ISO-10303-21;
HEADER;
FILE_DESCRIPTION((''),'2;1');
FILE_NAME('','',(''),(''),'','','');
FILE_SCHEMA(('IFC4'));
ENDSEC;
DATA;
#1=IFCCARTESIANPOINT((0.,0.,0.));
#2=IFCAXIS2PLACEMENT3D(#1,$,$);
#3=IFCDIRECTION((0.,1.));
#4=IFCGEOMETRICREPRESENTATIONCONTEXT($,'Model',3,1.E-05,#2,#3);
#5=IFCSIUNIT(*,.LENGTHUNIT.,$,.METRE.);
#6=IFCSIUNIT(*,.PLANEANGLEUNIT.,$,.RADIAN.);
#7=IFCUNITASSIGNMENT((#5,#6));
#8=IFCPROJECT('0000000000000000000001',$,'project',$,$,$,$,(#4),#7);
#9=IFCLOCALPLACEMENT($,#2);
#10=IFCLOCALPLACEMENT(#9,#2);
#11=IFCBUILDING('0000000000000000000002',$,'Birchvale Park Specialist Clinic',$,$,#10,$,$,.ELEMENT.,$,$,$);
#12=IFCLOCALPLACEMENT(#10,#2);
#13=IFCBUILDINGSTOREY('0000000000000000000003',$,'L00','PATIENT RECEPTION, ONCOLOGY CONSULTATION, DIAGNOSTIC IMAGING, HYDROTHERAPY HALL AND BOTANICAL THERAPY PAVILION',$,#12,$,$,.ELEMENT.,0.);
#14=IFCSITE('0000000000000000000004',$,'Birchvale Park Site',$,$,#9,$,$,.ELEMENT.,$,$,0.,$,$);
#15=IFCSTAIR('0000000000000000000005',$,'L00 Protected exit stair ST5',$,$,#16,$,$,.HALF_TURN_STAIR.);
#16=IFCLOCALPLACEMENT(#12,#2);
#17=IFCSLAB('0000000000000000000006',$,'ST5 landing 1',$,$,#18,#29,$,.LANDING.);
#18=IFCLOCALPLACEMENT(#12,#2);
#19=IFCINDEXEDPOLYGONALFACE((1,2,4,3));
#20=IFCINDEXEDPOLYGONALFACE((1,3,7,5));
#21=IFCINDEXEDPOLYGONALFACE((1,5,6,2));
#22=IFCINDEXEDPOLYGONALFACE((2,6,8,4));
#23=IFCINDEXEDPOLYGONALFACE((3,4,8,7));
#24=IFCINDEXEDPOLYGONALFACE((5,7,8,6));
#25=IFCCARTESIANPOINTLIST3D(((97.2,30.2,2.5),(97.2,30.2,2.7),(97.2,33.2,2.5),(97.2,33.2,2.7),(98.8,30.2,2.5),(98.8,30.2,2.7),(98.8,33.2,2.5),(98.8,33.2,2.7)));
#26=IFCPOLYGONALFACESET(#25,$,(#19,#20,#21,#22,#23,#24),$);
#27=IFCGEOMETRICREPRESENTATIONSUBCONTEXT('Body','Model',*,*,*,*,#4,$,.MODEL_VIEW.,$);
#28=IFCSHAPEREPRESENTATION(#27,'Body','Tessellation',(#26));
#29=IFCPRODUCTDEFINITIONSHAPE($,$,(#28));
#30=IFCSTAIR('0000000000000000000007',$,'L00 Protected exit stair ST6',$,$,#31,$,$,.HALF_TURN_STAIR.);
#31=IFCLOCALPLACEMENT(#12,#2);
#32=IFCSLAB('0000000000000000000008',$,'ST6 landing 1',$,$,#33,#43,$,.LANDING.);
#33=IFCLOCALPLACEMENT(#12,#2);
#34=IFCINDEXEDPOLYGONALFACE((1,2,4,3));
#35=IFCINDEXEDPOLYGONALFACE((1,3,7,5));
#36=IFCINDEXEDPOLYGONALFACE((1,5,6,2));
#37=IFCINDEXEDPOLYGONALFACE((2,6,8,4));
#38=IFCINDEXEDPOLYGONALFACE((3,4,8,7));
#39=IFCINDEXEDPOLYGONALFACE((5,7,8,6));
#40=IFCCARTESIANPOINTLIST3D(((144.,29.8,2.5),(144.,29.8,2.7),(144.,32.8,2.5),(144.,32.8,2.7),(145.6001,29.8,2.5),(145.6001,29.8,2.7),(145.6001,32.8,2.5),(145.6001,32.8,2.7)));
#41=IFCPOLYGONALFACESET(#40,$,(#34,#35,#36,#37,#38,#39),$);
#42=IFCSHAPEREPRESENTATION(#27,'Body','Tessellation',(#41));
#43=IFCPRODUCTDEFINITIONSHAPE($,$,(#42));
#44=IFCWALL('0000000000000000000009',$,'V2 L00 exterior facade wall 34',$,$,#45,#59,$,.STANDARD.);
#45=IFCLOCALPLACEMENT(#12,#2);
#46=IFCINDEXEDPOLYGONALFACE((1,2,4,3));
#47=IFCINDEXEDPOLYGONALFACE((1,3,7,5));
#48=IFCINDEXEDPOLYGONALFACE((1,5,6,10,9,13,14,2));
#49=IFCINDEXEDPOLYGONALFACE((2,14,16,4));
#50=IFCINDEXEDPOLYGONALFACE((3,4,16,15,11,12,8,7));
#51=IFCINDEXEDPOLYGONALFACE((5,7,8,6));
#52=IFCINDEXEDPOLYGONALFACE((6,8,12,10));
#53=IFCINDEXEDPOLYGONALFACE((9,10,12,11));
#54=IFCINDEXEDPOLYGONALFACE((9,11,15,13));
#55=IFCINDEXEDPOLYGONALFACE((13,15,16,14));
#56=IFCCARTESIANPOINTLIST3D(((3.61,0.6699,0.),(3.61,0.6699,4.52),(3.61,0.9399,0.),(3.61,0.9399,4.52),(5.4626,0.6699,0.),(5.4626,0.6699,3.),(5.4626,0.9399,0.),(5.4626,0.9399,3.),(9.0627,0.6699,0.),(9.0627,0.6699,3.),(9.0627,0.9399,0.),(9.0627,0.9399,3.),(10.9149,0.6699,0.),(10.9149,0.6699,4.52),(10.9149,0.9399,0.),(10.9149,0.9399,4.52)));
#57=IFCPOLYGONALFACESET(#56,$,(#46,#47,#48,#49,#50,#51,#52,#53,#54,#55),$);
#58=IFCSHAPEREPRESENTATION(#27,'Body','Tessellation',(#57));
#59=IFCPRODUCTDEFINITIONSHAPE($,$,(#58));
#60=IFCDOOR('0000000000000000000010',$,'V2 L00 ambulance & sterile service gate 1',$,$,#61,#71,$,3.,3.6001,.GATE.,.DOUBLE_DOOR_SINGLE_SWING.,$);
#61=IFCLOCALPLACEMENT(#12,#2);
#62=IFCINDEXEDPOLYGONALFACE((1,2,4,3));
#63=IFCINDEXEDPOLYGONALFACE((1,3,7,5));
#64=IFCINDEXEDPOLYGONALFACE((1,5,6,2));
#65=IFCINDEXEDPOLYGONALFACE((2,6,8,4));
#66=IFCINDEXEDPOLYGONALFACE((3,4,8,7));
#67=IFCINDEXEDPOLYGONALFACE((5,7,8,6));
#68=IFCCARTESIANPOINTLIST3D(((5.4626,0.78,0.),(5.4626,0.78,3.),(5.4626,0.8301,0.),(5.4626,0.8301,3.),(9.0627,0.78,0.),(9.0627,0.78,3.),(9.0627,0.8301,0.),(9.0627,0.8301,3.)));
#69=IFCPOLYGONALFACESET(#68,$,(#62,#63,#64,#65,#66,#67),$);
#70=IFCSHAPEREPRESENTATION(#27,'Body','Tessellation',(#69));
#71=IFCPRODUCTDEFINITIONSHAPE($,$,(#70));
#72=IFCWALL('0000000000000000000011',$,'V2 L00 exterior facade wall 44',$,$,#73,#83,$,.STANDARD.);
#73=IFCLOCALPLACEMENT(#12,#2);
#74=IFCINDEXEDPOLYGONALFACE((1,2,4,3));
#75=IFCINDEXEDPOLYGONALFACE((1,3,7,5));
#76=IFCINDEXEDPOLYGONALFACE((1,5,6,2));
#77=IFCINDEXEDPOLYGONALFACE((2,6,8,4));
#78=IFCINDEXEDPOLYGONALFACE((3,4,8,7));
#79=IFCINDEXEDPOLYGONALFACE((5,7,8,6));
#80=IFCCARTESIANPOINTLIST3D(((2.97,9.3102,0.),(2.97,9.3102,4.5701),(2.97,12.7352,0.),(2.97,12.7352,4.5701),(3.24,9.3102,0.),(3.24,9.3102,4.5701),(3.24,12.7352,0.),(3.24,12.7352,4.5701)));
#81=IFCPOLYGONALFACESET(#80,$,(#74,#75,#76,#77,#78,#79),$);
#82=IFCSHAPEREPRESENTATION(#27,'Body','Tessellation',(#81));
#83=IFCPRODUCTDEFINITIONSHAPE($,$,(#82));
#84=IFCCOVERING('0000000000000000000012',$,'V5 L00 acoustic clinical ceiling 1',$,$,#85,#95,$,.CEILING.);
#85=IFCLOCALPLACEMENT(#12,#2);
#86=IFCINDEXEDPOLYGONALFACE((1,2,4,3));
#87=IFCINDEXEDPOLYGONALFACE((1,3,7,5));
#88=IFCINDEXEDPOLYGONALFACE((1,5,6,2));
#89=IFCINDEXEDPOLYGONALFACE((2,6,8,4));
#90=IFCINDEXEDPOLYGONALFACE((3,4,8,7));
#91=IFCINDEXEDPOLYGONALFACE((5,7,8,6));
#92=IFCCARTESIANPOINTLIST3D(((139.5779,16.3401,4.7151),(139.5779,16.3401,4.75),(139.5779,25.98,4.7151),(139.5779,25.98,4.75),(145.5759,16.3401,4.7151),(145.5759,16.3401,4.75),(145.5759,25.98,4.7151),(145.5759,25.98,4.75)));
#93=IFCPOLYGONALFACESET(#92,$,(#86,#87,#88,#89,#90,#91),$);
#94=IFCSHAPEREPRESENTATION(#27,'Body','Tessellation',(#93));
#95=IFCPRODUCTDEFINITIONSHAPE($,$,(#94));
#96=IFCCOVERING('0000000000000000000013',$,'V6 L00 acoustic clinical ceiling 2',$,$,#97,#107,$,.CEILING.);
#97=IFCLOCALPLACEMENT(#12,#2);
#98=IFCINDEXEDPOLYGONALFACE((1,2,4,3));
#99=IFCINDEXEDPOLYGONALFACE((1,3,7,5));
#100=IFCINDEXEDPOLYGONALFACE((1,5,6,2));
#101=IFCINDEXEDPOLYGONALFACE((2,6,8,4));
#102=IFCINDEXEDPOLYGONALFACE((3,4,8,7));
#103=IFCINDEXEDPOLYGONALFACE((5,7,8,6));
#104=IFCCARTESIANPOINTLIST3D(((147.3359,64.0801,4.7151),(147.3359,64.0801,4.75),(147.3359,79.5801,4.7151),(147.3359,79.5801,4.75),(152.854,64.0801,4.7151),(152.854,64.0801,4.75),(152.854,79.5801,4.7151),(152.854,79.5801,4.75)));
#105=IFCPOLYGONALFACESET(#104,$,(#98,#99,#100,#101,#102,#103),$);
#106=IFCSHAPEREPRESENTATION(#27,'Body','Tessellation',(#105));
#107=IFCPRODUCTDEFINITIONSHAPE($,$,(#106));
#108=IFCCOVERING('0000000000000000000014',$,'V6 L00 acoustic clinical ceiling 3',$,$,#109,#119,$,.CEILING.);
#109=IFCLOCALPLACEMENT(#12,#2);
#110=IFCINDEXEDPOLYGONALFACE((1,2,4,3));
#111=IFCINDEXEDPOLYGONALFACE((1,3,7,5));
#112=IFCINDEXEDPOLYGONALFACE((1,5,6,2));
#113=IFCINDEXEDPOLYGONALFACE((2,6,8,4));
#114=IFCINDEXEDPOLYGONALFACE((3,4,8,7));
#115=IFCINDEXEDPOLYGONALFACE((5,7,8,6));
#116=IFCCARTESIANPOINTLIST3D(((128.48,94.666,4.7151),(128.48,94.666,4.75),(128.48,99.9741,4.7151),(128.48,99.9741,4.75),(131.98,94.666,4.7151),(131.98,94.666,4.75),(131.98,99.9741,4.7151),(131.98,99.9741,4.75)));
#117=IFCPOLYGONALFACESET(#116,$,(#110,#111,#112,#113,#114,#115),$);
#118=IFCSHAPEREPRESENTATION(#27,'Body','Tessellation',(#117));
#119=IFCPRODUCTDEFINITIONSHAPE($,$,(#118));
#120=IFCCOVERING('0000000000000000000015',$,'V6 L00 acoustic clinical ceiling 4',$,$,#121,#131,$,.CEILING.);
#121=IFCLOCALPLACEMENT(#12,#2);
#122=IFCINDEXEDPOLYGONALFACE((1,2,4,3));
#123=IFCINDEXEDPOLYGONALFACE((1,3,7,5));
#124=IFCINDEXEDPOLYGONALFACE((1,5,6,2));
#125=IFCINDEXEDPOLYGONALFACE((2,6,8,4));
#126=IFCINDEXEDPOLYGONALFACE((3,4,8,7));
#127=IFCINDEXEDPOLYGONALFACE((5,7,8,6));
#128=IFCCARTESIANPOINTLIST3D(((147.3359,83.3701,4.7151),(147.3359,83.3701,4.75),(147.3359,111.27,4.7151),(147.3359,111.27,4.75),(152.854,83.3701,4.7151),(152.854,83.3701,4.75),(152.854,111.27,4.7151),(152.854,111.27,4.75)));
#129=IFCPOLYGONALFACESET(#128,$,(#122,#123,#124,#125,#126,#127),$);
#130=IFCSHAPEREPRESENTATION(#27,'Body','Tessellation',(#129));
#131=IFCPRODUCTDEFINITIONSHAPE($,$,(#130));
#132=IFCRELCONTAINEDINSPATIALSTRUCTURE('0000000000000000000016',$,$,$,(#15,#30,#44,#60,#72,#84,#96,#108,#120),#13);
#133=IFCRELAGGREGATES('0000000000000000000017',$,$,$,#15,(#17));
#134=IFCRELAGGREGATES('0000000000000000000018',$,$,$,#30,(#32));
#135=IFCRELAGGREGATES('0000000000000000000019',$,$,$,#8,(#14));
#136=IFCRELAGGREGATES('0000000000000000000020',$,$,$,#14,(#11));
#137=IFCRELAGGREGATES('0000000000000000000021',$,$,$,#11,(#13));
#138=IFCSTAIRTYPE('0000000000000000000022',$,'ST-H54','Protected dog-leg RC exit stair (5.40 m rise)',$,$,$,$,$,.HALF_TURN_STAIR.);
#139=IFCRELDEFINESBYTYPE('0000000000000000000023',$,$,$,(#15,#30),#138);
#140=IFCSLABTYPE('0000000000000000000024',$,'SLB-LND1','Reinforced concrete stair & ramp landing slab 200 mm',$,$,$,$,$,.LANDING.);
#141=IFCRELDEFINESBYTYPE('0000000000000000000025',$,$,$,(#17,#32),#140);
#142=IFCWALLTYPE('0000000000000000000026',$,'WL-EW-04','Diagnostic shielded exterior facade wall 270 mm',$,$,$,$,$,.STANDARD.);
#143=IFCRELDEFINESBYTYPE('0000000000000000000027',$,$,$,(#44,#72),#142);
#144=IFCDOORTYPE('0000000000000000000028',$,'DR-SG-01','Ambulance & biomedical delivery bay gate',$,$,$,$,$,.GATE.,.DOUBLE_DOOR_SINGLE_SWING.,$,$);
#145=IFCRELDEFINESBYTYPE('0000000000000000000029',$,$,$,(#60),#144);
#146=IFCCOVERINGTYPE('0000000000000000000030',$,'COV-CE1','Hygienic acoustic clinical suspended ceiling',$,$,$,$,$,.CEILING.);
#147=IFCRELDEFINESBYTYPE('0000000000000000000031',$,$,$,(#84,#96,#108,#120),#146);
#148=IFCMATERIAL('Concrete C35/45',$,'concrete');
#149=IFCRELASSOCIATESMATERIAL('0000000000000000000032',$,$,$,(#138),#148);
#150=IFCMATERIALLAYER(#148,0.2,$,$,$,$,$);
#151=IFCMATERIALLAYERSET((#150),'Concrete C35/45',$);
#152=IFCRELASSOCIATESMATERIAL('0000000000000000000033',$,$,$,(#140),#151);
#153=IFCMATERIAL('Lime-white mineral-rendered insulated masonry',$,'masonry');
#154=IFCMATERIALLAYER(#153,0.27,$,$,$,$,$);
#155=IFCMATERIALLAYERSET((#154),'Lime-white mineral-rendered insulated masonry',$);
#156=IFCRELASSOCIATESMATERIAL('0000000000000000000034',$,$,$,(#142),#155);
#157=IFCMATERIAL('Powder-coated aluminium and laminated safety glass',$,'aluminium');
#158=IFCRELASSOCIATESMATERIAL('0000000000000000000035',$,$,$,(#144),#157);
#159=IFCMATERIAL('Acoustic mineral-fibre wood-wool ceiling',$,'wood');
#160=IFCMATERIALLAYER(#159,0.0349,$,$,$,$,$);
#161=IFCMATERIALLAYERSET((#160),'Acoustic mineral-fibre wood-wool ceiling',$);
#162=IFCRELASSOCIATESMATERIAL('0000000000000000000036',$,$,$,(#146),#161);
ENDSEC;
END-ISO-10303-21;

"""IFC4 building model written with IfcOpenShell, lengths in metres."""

from ifc_helpers import new_model, si_unit, direction, frame, frame_2d, origin, place, context, subcontext, project, spatial, polyline, rectangle, outline, extrude, material, layer, layer_set, type_object, element, fill, aggregate, save


model = new_model("IFC4")

# Units and contexts
model_context = context("Model", 3, precision=1e-05, world=origin(), true_north=direction((0.0, 1.0)))
body_context = subcontext(model_context, "Body", "Model", "MODEL_VIEW")
ifc_project = project(units=[si_unit("LENGTHUNIT", "METRE"), si_unit("PLANEANGLEUNIT", "RADIAN")], contexts=[model_context])

# Site, building, storey
site_placement = place(None, origin())
site = spatial("IfcSite", under=ifc_project, at=site_placement, Name="Birchvale Park Site", CompositionType="ELEMENT", RefElevation=0.0)
building_placement = place(site_placement, origin())
building = spatial("IfcBuilding", under=site, at=building_placement, Name="Birchvale Park Specialist Clinic", CompositionType="ELEMENT")
storey_placement = place(building_placement, origin())
storey = spatial("IfcBuildingStorey", under=building, at=storey_placement, Name="L00", Description="PATIENT RECEPTION, ONCOLOGY CONSULTATION, DIAGNOSTIC IMAGING, HYDROTHERAPY HALL AND BOTANICAL THERAPY PAVILION", CompositionType="ELEMENT", Elevation=0.0)

# Stairs, slabs
ifc_material_1 = material(Name="Concrete C35/45", Category="concrete")
stair_type = type_object("IfcStairType", Name="ST-H54", Description="Protected dog-leg RC exit stair (5.40 m rise)", PredefinedType="HALF_TURN_STAIR", material=ifc_material_1)
ifc_layer_1 = layer(ifc_material_1, 0.2)
ifc_layer_set_1 = layer_set([ifc_layer_1], Name="Concrete C35/45")
slab_type = type_object("IfcSlabType", Name="SLB-LND1", Description="Reinforced concrete stair & ramp landing slab 200 mm", PredefinedType="LANDING", material=ifc_layer_set_1)
stair_1_placement = place(storey_placement, origin())
stair_1 = element("IfcStair", 1, at=stair_1_placement, inside=storey, type_object=stair_type, Name="L00 Protected exit stair ST5", PredefinedType="HALF_TURN_STAIR")
slab_1_placement = place(storey_placement, frame((0.0, 0.0, 2.5)))
slab_1 = element("IfcSlab", 2, at=slab_1_placement, type_object=slab_type, Name="ST5 landing 1", PredefinedType="LANDING", context=body_context, shape_type="SweptSolid", body=[
    extrude(outline(polyline([(97.2, 30.2), (98.8, 30.2), (98.8, 33.2), (97.2, 33.2), (97.2, 30.2)])), origin(), (0.0, 0.0, 1.0), 0.2),
])
aggregate(stair_1, [slab_1])
stair_2_placement = place(storey_placement, origin())
stair_2 = element("IfcStair", 3, at=stair_2_placement, inside=storey, type_object=stair_type, Name="L00 Protected exit stair ST6", PredefinedType="HALF_TURN_STAIR")
slab_2_placement = place(storey_placement, frame((0.0, 0.0, 2.5)))
slab_2 = element("IfcSlab", 4, at=slab_2_placement, type_object=slab_type, Name="ST6 landing 1", PredefinedType="LANDING", context=body_context, shape_type="SweptSolid", body=[
    extrude(outline(polyline([(144.0, 29.8), (145.6001, 29.8), (145.6001, 32.8), (144.0, 32.8), (144.0, 29.8)])), origin(), (0.0, 0.0, 1.0), 0.2),
])
aggregate(stair_2, [slab_2])

# Wall, opening, door
ifc_material_2 = material(Name="Lime-white mineral-rendered insulated masonry", Category="masonry")
ifc_layer_2 = layer(ifc_material_2, 0.27)
ifc_layer_set_2 = layer_set([ifc_layer_2], Name="Lime-white mineral-rendered insulated masonry")
wall_type = type_object("IfcWallType", Name="WL-EW-04", Description="Diagnostic shielded exterior facade wall 270 mm", PredefinedType="STANDARD", material=ifc_layer_set_2)
wall_1_placement = place(storey_placement, frame((3.6101, 0.8049, 0.0), z_axis=(0.0, 0.0, 1.0), x_axis=(1.0, 0.0, 0.0)))
wall_1 = element("IfcWall", 5, at=wall_1_placement, inside=storey, type_object=wall_type, Name="V2 L00 exterior facade wall 34", PredefinedType="STANDARD", context=body_context, shape_type="SweptSolid", body=[
    extrude(rectangle(XDim=7.3049, YDim=0.27, at=frame_2d((3.6523, 0.0))), origin(), (0.0, 0.0, 1.0), 4.52),
])
opening_placement = place(wall_1_placement, frame((1.8525, 0.0, 0.0)))
opening = element("IfcOpeningElement", 6, at=opening_placement, cuts=wall_1, PredefinedType="OPENING", context=body_context, shape_type="SweptSolid", body=[
    extrude(rectangle(XDim=3.6001, YDim=3.0, at=frame_2d((1.8, 1.5))), frame((0.0, 0.145, 0.0), z_axis=(0.0, -1.0, 0.0), x_axis=(1.0, 0.0, 0.0)), (0.0, 0.0, 1.0), 0.29),
])
ifc_material_3 = material(Name="Powder-coated aluminium and laminated safety glass", Category="aluminium")
door_type = type_object("IfcDoorType", Name="DR-SG-01", Description="Ambulance & biomedical delivery bay gate", OperationType="DOUBLE_DOOR_SINGLE_SWING", PredefinedType="GATE", material=ifc_material_3)
door_placement = place(opening_placement, frame((3.6001, 0.0, 0.0), z_axis=(0.0, 0.0, 1.0), x_axis=(-1.0, 0.0, 0.0)))
door = element("IfcDoor", 7, at=door_placement, inside=storey, type_object=door_type, Name="V2 L00 ambulance & sterile service gate 1", OperationType="DOUBLE_DOOR_SINGLE_SWING", OverallHeight=3.0, OverallWidth=3.6001, PredefinedType="GATE", context=body_context, shape_type="SweptSolid", body=[
    extrude(rectangle(XDim=3.6001, YDim=3.0, at=frame_2d((1.8, 1.5))), frame((0.0, 0.0249, 0.0), z_axis=(0.0, -1.0, 0.0), x_axis=(1.0, 0.0, 0.0)), (0.0, 0.0, 1.0), 0.05),
])
fill(opening, door)

# Wall
wall_2_placement = place(storey_placement, frame((3.105, 12.7351, 0.0), z_axis=(0.0, 0.0, 1.0), x_axis=(0.0, -1.0, 0.0)))
element("IfcWall", 8, at=wall_2_placement, inside=storey, type_object=wall_type, Name="V2 L00 exterior facade wall 44", PredefinedType="STANDARD", context=body_context, shape_type="SweptSolid", body=[
    extrude(rectangle(XDim=3.425, YDim=0.27, at=frame_2d((1.7124, 0.0))), origin(), (0.0, 0.0, 1.0), 4.5701),
])

# Coverings
ifc_material_4 = material(Name="Acoustic mineral-fibre wood-wool ceiling", Category="wood")
ifc_layer_3 = layer(ifc_material_4, 0.0349)
ifc_layer_set_3 = layer_set([ifc_layer_3], Name="Acoustic mineral-fibre wood-wool ceiling")
covering_type = type_object("IfcCoveringType", Name="COV-CE1", Description="Hygienic acoustic clinical suspended ceiling", PredefinedType="CEILING", material=ifc_layer_set_3)
covering_1_placement = place(storey_placement, frame((0.0, 0.0, 4.7151)))
element("IfcCovering", 9, at=covering_1_placement, inside=storey, type_object=covering_type, Name="V5 L00 acoustic clinical ceiling 1", PredefinedType="CEILING", context=body_context, shape_type="SweptSolid", body=[
    extrude(outline(polyline([(139.5779, 16.3401), (145.5759, 16.3401), (145.5759, 25.98), (139.5779, 25.98), (139.5779, 16.3401)])), origin(), (0.0, 0.0, 1.0), 0.0349),
])
covering_2_placement = place(storey_placement, frame((0.0, 0.0, 4.7151)))
element("IfcCovering", 10, at=covering_2_placement, inside=storey, type_object=covering_type, Name="V6 L00 acoustic clinical ceiling 2", PredefinedType="CEILING", context=body_context, shape_type="SweptSolid", body=[
    extrude(outline(polyline([(147.3359, 64.0801), (152.854, 64.0801), (152.854, 79.5801), (147.3359, 79.5801), (147.3359, 64.0801)])), origin(), (0.0, 0.0, 1.0), 0.0349),
])
covering_3_placement = place(storey_placement, frame((0.0, 0.0, 4.7151)))
element("IfcCovering", 11, at=covering_3_placement, inside=storey, type_object=covering_type, Name="V6 L00 acoustic clinical ceiling 3", PredefinedType="CEILING", context=body_context, shape_type="SweptSolid", body=[
    extrude(outline(polyline([(128.48, 94.666), (131.98, 94.666), (131.98, 99.9741), (128.48, 99.9741), (128.48, 94.666)])), origin(), (0.0, 0.0, 1.0), 0.0349),
])
covering_4_placement = place(storey_placement, frame((0.0, 0.0, 4.7151)))
element("IfcCovering", 12, at=covering_4_placement, inside=storey, type_object=covering_type, Name="V6 L00 acoustic clinical ceiling 4", PredefinedType="CEILING", context=body_context, shape_type="SweptSolid", body=[
    extrude(outline(polyline([(147.3359, 83.3701), (152.854, 83.3701), (152.854, 111.27), (147.3359, 111.27), (147.3359, 83.3701)])), origin(), (0.0, 0.0, 1.0), 0.0349),
])

save(model, "model.ifc")
